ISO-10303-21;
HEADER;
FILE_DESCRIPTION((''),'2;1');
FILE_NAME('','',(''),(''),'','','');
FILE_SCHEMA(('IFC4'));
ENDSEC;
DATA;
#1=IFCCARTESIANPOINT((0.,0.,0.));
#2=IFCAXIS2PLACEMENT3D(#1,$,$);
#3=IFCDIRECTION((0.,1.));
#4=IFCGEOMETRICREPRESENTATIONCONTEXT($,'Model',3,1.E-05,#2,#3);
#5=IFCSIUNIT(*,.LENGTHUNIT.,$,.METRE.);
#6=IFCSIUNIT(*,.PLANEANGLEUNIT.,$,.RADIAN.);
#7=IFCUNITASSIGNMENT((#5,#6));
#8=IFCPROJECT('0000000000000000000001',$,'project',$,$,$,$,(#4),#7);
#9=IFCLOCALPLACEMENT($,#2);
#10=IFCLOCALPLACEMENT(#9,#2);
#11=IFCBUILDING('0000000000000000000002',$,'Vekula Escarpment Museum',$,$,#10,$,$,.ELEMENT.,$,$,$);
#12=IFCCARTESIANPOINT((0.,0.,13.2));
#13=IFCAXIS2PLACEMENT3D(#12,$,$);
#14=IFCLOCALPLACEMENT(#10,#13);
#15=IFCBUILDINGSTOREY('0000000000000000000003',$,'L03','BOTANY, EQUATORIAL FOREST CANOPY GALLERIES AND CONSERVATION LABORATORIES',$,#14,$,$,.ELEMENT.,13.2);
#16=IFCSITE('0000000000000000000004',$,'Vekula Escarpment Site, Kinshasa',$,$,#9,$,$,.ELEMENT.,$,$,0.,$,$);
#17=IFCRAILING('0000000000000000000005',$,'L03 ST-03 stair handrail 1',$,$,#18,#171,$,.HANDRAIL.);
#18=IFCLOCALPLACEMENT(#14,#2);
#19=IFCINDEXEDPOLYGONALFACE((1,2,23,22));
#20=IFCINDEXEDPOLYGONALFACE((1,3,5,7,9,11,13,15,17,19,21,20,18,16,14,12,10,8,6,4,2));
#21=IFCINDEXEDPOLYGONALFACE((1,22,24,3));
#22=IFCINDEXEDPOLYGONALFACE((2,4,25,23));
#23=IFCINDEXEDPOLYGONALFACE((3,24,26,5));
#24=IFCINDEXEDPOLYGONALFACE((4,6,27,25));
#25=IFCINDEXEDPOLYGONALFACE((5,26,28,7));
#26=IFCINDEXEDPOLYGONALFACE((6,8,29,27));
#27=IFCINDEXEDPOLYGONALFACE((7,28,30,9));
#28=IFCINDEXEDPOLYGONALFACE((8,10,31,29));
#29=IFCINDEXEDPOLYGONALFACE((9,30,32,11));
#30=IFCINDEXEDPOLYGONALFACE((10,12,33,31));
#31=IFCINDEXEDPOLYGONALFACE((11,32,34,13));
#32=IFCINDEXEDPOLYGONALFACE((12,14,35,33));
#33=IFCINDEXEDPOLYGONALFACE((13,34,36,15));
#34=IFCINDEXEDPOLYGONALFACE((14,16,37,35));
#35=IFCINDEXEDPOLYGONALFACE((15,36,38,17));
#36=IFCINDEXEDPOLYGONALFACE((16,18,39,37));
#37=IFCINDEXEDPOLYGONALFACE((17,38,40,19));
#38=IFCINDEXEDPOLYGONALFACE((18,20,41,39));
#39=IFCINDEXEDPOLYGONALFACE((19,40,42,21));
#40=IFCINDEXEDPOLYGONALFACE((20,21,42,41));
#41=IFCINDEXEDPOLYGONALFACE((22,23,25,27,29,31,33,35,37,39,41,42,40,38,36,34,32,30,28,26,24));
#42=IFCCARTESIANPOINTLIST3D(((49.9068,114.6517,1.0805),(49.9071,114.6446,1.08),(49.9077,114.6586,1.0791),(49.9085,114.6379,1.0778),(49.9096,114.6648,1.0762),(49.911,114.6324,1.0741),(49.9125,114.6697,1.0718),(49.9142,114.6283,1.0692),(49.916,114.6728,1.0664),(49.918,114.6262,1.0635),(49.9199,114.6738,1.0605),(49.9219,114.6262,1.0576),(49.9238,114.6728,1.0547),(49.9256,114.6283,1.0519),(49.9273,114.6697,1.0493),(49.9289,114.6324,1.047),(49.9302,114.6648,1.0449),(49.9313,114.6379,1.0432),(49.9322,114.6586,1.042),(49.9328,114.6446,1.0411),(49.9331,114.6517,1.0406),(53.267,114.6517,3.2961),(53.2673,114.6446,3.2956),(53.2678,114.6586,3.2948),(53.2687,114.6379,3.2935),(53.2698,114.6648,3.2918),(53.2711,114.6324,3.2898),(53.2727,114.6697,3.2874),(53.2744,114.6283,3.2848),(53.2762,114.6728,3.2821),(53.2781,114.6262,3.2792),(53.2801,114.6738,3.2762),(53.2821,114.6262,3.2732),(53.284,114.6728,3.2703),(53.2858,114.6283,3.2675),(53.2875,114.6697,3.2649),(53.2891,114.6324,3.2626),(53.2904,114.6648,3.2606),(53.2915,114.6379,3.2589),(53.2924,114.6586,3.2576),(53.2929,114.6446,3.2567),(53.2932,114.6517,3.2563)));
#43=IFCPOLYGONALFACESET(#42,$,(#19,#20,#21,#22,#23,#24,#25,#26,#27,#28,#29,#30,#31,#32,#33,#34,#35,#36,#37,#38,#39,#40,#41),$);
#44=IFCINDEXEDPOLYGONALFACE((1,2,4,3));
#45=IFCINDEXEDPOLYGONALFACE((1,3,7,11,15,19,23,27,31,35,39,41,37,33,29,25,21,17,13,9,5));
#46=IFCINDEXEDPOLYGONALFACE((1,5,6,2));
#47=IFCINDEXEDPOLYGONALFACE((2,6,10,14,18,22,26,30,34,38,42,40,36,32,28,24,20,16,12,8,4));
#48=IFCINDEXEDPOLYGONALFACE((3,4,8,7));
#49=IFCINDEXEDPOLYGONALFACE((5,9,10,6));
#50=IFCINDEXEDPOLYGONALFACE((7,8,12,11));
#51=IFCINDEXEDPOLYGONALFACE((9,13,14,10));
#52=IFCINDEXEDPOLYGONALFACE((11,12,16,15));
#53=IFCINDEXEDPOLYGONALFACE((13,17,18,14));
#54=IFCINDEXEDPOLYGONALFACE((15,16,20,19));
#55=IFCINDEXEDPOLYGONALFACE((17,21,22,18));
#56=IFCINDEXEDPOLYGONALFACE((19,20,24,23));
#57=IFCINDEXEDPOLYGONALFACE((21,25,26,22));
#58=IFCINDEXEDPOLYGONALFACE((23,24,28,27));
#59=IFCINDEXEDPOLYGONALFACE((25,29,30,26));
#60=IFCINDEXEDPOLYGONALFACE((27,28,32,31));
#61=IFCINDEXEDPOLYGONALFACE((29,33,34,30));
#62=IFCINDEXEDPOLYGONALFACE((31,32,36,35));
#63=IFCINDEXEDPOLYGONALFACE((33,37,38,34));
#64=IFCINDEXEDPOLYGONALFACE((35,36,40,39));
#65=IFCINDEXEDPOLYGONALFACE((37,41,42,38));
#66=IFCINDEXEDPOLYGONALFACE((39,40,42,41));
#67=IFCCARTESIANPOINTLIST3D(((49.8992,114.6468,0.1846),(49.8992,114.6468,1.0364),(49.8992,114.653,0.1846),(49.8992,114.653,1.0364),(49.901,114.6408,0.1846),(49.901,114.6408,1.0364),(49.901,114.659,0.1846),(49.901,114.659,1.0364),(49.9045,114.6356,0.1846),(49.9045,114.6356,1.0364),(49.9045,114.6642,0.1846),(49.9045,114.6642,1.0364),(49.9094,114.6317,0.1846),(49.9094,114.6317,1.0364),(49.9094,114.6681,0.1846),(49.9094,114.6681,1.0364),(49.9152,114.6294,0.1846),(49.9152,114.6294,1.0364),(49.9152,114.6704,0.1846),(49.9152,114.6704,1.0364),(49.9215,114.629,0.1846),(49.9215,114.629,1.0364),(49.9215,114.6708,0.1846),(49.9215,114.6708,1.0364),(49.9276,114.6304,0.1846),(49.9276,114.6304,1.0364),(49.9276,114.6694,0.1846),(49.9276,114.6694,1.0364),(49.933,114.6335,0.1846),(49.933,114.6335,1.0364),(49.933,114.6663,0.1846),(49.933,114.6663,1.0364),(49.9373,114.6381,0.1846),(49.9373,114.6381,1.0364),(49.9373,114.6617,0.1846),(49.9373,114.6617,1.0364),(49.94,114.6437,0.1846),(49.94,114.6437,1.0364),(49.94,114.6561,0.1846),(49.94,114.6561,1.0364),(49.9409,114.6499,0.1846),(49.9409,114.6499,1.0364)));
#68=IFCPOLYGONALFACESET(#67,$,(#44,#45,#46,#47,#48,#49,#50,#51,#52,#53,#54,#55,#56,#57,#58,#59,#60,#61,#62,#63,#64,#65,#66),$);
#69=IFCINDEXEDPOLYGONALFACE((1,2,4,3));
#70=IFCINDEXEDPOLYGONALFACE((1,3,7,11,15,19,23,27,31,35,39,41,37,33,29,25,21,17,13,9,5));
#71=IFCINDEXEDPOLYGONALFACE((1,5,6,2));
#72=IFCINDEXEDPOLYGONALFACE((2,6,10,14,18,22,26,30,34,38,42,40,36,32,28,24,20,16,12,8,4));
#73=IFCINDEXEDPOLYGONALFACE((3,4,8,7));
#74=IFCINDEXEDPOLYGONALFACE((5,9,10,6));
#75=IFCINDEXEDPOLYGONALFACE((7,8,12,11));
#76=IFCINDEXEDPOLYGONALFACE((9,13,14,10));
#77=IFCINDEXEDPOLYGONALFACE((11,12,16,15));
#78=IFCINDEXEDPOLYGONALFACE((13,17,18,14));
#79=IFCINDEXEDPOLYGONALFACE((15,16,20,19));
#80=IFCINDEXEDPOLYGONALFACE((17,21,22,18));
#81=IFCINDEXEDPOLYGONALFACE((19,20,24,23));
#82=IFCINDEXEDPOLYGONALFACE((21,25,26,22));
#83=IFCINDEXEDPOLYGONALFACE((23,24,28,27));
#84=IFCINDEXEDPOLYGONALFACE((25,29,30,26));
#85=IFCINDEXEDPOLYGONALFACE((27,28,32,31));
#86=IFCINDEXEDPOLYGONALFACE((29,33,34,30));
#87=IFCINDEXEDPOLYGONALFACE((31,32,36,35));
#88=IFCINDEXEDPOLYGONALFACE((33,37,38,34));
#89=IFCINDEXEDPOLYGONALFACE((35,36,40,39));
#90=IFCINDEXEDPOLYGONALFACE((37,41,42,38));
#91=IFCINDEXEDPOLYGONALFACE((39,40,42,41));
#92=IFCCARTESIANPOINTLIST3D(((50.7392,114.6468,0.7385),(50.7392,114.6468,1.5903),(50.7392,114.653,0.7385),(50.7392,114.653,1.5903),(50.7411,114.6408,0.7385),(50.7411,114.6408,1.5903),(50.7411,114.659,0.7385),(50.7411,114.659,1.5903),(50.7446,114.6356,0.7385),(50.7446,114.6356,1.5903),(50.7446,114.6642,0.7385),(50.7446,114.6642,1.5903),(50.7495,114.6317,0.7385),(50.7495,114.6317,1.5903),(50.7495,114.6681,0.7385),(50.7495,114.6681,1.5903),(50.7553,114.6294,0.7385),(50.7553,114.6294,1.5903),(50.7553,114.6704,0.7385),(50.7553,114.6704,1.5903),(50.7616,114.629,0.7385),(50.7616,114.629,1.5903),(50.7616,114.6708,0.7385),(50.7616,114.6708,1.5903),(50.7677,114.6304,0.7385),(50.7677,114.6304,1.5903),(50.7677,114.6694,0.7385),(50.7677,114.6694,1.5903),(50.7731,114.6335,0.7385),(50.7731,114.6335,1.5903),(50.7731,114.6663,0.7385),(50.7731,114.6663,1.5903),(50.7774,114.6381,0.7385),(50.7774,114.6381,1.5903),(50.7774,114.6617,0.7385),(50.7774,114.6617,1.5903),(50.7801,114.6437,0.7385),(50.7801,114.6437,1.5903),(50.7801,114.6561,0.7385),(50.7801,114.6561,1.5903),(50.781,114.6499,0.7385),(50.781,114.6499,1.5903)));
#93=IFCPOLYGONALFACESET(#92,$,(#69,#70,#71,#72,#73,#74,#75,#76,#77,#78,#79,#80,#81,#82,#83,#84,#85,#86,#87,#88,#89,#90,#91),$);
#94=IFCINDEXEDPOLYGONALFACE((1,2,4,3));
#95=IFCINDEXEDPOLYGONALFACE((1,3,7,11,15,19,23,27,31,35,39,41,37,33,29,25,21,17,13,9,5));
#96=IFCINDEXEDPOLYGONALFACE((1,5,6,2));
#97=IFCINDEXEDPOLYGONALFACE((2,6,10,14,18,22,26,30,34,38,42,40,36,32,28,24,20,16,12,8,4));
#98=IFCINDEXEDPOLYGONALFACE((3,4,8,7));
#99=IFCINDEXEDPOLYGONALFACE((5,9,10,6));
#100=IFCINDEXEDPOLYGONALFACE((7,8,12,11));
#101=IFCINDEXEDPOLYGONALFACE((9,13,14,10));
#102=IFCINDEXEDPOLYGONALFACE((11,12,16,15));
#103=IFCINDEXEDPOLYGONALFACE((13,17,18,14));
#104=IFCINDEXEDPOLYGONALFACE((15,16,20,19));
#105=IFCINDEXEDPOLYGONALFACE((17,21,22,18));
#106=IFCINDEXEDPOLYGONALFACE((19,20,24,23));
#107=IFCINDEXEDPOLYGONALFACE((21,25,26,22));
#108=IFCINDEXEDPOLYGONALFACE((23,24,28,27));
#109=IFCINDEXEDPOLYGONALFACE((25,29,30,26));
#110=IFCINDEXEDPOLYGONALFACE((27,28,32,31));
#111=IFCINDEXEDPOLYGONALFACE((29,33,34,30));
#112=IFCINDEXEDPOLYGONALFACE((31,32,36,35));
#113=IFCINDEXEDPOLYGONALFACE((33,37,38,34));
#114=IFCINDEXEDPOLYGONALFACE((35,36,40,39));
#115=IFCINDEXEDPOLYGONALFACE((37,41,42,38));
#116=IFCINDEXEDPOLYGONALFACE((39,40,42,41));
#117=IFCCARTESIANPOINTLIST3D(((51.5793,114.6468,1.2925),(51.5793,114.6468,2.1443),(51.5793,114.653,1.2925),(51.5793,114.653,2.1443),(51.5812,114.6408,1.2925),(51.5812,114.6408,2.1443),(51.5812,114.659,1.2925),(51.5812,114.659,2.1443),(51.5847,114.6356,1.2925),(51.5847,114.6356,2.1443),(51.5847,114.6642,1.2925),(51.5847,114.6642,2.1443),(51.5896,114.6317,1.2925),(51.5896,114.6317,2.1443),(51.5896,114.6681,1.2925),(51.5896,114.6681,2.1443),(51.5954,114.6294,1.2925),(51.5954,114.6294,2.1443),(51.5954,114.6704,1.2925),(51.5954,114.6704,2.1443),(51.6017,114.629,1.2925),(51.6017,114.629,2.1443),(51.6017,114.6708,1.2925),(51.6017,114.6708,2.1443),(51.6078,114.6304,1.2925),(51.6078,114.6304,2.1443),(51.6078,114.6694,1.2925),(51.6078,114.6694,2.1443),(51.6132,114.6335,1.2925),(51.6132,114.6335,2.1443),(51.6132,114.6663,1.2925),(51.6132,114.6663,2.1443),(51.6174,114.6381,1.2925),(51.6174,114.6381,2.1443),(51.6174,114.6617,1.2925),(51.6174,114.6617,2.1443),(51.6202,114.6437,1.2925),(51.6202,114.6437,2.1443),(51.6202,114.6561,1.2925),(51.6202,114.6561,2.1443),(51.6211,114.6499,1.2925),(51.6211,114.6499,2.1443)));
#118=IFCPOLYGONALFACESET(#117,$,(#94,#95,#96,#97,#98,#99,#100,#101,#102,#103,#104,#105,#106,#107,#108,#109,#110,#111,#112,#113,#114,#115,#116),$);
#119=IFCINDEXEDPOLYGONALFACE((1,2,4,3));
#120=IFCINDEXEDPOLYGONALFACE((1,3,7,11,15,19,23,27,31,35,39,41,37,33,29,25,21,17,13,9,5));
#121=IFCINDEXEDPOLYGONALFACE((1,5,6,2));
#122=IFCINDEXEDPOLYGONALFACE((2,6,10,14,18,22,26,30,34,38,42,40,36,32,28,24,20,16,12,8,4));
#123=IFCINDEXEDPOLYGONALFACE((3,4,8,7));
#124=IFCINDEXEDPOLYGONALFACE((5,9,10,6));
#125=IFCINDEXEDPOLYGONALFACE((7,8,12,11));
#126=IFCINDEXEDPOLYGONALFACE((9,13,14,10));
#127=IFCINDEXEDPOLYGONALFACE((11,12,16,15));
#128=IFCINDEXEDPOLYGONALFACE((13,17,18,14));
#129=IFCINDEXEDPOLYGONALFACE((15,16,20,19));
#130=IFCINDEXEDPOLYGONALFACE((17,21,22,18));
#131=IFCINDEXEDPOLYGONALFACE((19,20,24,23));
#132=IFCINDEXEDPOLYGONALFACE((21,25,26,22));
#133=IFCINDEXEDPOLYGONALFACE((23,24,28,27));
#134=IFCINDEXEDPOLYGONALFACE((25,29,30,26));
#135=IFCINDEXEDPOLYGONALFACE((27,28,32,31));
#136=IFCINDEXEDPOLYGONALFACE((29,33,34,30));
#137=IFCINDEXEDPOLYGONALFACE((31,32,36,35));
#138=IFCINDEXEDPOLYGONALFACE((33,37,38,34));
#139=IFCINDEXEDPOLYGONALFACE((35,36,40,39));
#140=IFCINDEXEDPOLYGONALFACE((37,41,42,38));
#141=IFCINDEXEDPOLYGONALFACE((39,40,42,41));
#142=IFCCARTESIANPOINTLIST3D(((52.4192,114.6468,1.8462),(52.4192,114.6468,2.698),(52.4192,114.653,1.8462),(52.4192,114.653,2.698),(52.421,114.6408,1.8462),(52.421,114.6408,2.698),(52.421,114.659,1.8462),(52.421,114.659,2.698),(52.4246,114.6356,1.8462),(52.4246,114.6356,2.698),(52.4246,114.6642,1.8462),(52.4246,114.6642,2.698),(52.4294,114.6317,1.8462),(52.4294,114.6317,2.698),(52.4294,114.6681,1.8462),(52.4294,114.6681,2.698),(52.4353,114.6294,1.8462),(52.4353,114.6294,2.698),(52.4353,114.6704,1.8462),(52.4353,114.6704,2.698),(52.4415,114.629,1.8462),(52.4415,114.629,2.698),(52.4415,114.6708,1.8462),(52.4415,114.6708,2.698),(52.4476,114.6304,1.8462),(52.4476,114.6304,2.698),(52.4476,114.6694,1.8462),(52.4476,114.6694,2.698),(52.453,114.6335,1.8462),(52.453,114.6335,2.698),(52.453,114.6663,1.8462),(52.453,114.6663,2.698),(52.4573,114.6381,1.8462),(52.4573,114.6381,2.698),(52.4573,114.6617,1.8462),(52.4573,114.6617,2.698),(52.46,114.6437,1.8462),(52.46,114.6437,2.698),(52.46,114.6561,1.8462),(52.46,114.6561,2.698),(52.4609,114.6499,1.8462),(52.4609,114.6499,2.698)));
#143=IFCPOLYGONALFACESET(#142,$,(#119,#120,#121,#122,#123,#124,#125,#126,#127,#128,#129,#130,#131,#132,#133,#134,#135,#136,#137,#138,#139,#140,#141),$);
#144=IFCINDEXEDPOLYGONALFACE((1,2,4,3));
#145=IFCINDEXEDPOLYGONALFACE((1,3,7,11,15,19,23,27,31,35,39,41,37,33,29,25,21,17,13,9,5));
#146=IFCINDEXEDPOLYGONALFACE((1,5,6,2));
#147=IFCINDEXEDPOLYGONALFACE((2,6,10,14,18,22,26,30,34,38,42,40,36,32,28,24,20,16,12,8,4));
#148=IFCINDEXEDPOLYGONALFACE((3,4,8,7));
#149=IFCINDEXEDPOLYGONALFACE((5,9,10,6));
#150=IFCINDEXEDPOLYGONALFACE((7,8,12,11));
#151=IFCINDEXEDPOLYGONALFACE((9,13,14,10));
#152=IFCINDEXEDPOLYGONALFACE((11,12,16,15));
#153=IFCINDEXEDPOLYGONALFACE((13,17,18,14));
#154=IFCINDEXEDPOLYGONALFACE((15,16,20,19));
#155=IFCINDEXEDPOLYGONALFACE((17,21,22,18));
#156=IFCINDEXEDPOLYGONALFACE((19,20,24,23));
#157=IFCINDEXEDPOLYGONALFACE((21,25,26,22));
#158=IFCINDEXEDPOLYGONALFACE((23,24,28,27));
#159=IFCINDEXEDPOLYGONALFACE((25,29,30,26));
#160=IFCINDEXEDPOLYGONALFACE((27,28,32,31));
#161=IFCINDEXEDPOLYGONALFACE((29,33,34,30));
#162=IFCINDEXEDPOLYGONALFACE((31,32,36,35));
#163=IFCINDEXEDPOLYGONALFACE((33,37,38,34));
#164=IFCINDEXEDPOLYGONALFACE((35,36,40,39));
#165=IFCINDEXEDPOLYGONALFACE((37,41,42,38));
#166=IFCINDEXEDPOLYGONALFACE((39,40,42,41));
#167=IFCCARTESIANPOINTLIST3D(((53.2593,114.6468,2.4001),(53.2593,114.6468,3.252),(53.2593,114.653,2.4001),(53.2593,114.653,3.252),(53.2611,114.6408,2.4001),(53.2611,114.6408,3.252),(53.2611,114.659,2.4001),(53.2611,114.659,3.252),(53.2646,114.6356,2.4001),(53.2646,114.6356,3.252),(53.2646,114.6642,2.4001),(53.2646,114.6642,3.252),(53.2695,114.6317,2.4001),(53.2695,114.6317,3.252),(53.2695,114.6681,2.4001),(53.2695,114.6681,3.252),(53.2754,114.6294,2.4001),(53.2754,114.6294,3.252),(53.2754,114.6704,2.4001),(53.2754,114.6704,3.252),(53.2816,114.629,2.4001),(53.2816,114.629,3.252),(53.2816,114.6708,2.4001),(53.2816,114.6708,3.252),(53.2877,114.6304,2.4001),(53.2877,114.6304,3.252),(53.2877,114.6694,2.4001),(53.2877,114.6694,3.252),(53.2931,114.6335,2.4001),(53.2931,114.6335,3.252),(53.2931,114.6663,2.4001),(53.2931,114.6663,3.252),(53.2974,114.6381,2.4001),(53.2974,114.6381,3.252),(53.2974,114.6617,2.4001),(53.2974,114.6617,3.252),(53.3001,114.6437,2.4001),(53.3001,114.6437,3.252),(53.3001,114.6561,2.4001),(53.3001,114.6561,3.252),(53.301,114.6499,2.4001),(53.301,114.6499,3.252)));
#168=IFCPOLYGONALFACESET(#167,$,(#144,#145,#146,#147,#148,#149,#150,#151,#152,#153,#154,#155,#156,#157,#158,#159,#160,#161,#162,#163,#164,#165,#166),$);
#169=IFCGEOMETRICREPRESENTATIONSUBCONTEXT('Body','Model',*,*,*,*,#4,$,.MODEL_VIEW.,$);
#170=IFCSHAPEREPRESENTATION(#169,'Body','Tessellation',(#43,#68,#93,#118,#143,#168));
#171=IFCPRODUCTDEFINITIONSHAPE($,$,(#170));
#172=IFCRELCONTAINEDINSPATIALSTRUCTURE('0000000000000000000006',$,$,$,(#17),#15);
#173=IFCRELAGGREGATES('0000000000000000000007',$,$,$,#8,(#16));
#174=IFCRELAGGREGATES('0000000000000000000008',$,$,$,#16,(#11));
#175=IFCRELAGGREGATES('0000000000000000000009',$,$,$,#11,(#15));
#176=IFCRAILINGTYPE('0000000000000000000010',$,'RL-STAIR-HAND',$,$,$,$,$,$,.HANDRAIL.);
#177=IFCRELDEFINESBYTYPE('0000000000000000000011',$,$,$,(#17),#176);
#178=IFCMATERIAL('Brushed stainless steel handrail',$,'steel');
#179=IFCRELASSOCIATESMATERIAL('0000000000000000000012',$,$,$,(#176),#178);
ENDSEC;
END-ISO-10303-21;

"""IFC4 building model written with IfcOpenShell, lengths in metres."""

from ifc_helpers import new_model, si_unit, direction, frame, origin, origin_2d, place, context, subcontext, project, spatial, circle, extrude, material, type_object, element, save


model = new_model("IFC4")

# Units and contexts
model_context = context("Model", 3, precision=1e-05, world=origin(), true_north=direction((0.0, 1.0)))
body_context = subcontext(model_context, "Body", "Model", "MODEL_VIEW")
ifc_project = project(units=[si_unit("LENGTHUNIT", "METRE"), si_unit("PLANEANGLEUNIT", "RADIAN")], contexts=[model_context])

# Site, building, storey
site_placement = place(None, origin())
site = spatial("IfcSite", under=ifc_project, at=site_placement, Name="Vekula Escarpment Site, Kinshasa", CompositionType="ELEMENT", RefElevation=0.0)
building_placement = place(site_placement, origin())
building = spatial("IfcBuilding", under=site, at=building_placement, Name="Vekula Escarpment Museum", CompositionType="ELEMENT")
storey_placement = place(building_placement, frame((0.0, 0.0, 13.2)))
storey = spatial("IfcBuildingStorey", under=building, at=storey_placement, Name="L03", Description="BOTANY, EQUATORIAL FOREST CANOPY GALLERIES AND CONSERVATION LABORATORIES", CompositionType="ELEMENT", Elevation=13.2)

# Railing
ifc_material_1 = material(Name="Brushed stainless steel handrail", Category="steel")
railing_type_1 = type_object("IfcRailingType", Name="RL-STAIR-HAND", PredefinedType="HANDRAIL", material=ifc_material_1)
railing_1_placement = place(storey_placement, frame((49.9199, 114.6499, 0.1846)))
element("IfcRailing", 1, at=railing_1_placement, inside=storey, type_object=railing_type_1, Name="L03 ST-03 stair handrail 1", PredefinedType="HANDRAIL", context=body_context, shape_type="SweptSolid", body=[
    extrude(circle(Radius=0.0239, at=origin_2d()), frame((0.0, 0.0, 0.876), z_axis=(0.834849, 0.0, 0.55048), x_axis=(0.0, 1.0, 0.0)), (0.0, 0.0, 1.0), 4.0249),
    extrude(circle(Radius=0.021, at=origin_2d()), origin(), (0.0, 0.0, 1.0), 0.8518),
    extrude(circle(Radius=0.021, at=origin_2d()), frame((0.8401, 0.0, 0.554)), (0.0, 0.0, 1.0), 0.8518),
    extrude(circle(Radius=0.021, at=origin_2d()), frame((1.6802, 0.0, 1.1079)), (0.0, 0.0, 1.0), 0.8518),
    extrude(circle(Radius=0.021, at=origin_2d()), frame((2.52, 0.0, 1.6616)), (0.0, 0.0, 1.0), 0.8518),
    extrude(circle(Radius=0.021, at=origin_2d()), frame((3.3601, 0.0, 2.2156)), (0.0, 0.0, 1.0), 0.8518),
])

save(model, "model.ifc")
